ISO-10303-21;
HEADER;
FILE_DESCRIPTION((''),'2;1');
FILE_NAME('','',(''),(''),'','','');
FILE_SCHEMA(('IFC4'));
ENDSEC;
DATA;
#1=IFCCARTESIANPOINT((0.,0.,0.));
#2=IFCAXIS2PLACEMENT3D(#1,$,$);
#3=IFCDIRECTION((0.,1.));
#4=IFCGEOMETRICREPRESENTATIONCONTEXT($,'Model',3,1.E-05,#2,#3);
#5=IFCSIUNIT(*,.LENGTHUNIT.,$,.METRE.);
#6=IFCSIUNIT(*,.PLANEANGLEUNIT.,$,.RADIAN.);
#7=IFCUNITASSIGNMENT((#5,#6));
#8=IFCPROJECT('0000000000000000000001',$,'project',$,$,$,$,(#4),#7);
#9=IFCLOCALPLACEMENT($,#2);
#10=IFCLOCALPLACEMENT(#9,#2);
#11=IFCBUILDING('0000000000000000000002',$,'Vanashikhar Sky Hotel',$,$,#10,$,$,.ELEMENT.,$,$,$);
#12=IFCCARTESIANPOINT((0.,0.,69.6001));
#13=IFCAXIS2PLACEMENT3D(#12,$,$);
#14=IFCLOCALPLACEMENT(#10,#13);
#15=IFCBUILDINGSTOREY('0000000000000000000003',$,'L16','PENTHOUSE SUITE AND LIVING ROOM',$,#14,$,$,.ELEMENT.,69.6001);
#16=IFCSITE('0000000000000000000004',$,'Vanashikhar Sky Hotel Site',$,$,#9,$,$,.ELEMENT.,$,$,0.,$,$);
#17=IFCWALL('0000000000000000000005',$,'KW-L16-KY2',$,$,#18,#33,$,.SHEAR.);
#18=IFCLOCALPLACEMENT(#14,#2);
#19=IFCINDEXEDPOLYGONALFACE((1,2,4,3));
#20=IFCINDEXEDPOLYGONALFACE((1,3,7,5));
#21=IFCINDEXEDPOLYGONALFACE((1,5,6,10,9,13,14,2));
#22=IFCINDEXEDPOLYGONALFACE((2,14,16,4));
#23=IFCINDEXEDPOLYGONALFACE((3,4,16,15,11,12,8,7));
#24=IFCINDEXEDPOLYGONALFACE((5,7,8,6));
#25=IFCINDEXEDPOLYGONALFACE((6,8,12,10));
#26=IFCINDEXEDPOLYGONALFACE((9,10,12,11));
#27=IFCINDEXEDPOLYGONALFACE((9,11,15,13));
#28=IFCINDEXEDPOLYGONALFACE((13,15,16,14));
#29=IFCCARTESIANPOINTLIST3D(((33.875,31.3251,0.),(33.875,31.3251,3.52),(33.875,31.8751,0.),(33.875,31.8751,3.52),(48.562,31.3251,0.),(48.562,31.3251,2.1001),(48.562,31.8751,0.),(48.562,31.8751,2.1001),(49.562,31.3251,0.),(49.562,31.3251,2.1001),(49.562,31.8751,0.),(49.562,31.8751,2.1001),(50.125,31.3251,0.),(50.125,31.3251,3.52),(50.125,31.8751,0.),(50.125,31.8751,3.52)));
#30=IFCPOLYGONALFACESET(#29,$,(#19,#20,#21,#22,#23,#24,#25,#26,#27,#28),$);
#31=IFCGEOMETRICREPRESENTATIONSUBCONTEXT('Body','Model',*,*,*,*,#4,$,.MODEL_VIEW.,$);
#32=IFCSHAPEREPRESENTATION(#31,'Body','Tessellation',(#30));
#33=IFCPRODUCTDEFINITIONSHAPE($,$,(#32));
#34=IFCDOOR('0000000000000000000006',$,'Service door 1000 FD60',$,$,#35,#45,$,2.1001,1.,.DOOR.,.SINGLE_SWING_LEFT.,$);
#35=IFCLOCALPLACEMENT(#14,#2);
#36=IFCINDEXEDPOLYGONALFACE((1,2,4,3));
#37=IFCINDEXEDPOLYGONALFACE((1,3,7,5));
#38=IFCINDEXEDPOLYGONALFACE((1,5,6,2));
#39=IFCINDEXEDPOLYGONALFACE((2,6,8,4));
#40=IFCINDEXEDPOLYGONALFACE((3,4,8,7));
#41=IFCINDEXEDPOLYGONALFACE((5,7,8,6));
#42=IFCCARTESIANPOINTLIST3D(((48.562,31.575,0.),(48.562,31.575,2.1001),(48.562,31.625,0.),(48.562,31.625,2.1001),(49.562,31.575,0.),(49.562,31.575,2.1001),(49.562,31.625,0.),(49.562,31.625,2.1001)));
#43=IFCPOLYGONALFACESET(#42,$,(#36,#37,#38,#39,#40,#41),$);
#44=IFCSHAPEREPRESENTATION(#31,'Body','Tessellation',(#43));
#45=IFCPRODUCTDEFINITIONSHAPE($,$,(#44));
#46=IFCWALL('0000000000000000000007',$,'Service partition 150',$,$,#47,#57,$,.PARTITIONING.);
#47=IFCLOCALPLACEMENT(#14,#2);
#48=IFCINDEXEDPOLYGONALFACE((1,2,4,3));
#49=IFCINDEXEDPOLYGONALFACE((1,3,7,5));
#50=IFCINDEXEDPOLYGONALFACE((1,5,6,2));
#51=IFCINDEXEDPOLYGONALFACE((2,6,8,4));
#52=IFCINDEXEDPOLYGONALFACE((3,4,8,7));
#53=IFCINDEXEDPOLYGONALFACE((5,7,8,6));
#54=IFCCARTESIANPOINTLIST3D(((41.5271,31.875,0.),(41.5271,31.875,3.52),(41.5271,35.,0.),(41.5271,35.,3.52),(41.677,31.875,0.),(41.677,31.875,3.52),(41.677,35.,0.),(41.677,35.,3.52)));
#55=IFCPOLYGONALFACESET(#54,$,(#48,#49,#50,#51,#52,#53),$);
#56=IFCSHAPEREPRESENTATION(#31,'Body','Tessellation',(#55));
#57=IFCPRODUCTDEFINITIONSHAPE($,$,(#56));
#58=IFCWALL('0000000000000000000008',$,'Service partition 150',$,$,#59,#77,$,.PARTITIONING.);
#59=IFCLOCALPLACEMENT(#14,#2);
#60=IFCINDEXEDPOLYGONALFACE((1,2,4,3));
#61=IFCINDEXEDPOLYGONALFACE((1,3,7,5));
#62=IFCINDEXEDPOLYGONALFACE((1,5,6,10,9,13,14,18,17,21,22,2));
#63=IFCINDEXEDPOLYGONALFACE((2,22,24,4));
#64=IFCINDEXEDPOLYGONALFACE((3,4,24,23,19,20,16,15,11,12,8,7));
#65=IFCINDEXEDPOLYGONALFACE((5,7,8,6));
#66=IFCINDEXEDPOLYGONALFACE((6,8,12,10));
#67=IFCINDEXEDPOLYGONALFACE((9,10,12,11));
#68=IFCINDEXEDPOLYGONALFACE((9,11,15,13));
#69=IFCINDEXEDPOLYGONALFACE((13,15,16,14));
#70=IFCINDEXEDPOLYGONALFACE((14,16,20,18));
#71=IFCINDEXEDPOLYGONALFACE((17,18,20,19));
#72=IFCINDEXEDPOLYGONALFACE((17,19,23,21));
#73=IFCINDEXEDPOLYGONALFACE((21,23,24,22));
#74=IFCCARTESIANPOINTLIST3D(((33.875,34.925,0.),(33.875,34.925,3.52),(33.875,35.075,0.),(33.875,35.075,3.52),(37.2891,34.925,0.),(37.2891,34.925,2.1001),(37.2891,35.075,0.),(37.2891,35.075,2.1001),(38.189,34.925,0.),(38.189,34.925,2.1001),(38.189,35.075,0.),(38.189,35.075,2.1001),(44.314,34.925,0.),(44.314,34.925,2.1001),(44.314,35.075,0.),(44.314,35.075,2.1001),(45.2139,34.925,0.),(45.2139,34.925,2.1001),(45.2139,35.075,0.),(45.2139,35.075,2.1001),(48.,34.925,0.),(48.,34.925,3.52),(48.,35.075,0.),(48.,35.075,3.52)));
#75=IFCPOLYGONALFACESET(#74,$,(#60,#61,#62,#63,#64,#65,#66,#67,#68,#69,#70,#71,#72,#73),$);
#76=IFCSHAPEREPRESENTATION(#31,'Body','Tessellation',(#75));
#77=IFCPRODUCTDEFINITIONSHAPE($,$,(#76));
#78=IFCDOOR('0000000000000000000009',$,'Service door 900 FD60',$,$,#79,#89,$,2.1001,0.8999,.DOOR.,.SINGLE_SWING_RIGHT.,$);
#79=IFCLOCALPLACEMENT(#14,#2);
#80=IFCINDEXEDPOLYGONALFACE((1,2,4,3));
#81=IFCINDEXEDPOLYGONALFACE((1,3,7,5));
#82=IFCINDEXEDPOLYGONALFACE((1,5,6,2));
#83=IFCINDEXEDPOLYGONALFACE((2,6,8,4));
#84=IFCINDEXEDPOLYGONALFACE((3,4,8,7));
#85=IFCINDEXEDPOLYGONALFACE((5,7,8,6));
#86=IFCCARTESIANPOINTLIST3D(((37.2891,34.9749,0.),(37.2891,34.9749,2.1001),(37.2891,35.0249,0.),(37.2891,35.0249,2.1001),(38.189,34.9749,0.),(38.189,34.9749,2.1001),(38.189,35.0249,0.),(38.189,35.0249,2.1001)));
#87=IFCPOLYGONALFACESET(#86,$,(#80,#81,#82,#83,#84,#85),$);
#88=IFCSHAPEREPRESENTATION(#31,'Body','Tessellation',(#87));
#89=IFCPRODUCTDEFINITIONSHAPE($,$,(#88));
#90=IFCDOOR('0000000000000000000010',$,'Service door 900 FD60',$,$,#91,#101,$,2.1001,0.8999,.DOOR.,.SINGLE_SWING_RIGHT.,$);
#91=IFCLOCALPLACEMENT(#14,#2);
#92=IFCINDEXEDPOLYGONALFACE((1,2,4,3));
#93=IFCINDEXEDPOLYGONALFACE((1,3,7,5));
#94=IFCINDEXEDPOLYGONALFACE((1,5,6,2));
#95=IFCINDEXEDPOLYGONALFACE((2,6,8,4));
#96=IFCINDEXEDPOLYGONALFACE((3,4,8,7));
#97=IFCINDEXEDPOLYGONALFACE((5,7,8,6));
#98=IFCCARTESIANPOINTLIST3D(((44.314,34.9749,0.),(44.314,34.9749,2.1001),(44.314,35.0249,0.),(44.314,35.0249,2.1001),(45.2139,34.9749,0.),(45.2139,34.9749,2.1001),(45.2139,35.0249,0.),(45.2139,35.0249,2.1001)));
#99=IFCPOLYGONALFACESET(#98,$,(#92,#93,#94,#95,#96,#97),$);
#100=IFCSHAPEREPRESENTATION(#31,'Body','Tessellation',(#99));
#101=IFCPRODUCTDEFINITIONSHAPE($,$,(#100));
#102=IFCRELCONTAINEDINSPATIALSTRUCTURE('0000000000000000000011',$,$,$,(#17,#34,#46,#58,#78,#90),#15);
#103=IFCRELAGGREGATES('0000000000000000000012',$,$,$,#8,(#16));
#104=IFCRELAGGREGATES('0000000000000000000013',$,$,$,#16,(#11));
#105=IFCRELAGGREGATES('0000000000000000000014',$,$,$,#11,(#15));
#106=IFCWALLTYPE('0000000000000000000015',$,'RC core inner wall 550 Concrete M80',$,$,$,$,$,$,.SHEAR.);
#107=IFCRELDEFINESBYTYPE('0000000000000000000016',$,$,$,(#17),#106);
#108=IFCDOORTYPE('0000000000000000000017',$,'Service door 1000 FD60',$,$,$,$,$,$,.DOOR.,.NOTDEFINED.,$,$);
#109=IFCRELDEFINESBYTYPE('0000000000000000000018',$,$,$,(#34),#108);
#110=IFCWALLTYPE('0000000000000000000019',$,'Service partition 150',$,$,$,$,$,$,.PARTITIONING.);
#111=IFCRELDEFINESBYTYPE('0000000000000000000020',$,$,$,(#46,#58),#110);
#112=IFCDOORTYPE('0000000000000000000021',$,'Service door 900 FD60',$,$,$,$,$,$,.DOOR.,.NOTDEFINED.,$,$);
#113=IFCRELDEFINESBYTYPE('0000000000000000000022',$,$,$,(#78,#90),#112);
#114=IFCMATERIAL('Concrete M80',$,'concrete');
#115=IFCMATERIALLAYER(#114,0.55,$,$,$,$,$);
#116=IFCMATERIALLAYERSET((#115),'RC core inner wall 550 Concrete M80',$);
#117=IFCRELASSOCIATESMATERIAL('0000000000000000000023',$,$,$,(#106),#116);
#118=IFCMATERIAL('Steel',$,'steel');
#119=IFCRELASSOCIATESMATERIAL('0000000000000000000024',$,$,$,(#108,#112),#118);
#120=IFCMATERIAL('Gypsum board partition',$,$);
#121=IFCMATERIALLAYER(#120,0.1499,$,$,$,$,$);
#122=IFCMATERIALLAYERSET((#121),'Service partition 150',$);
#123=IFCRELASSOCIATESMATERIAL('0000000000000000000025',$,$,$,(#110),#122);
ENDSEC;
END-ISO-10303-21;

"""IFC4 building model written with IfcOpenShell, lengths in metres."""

from ifc_helpers import new_model, si_unit, direction, frame, frame_2d, origin, place, context, subcontext, project, spatial, rectangle, extrude, source, transform, mapped, material, layer, layer_set, type_object, element, fill, save


model = new_model("IFC4")

# Units and contexts
model_context = context("Model", 3, precision=1e-05, world=origin(), true_north=direction((0.0, 1.0)))
body_context = subcontext(model_context, "Body", "Model", "MODEL_VIEW")
ifc_project = project(units=[si_unit("LENGTHUNIT", "METRE"), si_unit("PLANEANGLEUNIT", "RADIAN")], contexts=[model_context])

# Site, building, storey
site_placement = place(None, origin())
site = spatial("IfcSite", under=ifc_project, at=site_placement, Name="Vanashikhar Sky Hotel Site", CompositionType="ELEMENT", RefElevation=0.0)
building_placement = place(site_placement, origin())
building = spatial("IfcBuilding", under=site, at=building_placement, Name="Vanashikhar Sky Hotel", CompositionType="ELEMENT")
storey_placement = place(building_placement, frame((0.0, 0.0, 69.6001)))
storey = spatial("IfcBuildingStorey", under=building, at=storey_placement, Name="L16", Description="PENTHOUSE SUITE AND LIVING ROOM", CompositionType="ELEMENT", Elevation=69.6001)

# Wall, opening, door
ifc_material_1 = material(Name="Concrete M80", Category="concrete")
ifc_layer_1 = layer(ifc_material_1, 0.55)
ifc_layer_set_1 = layer_set([ifc_layer_1], Name="RC core inner wall 550 Concrete M80")
wall_type_1 = type_object("IfcWallType", Name="RC core inner wall 550 Concrete M80", PredefinedType="SHEAR", material=ifc_layer_set_1)
shared_shape_1 = source(origin(), body_context, "Body", "SweptSolid", [
    extrude(rectangle(XDim=16.25, YDim=0.55, at=frame_2d((8.125, 0.0))), origin(), (0.0, 0.0, 1.0), 3.52),
])
wall_1_placement = place(storey_placement, frame((33.875, 31.6001, 0.0), z_axis=(0.0, 0.0, 1.0), x_axis=(1.0, 0.0, 0.0)))
wall_1 = element("IfcWall", 1, at=wall_1_placement, inside=storey, type_object=wall_type_1, Name="KW-L16-KY2", PredefinedType="SHEAR", context=body_context, shape_type="MappedRepresentation", body=[
    mapped(shared_shape_1, transform((0.0, 0.0, 0.0), scale=1.0)),
])
shared_shape_2 = source(origin(), body_context, "Body", "SweptSolid", [
    extrude(rectangle(XDim=1.0, YDim=2.1001, at=frame_2d((0.5, 1.05))), frame((0.0, 0.2852, 0.0), z_axis=(0.0, -1.0, 0.0), x_axis=(1.0, 0.0, 0.0)), (0.0, 0.0, 1.0), 0.5701),
])
opening_1_placement = place(wall_1_placement, frame((14.687, 0.0, 0.0)))
opening_1 = element("IfcOpeningElement", 2, at=opening_1_placement, cuts=wall_1, PredefinedType="OPENING", context=body_context, shape_type="MappedRepresentation", body=[
    mapped(shared_shape_2, transform((0.0, 0.0, 0.0), scale=1.0)),
])
ifc_material_2 = material(Name="Steel", Category="steel")
door_type_1 = type_object("IfcDoorType", Name="Service door 1000 FD60", OperationType="NOTDEFINED", PredefinedType="DOOR", material=ifc_material_2)
shared_shape_3 = source(origin(), body_context, "Body", "SweptSolid", [
    extrude(rectangle(XDim=1.0, YDim=2.1001, at=frame_2d((0.5, 1.05))), frame((0.0, 0.0249, 0.0), z_axis=(0.0, -1.0, 0.0), x_axis=(1.0, 0.0, 0.0)), (0.0, 0.0, 1.0), 0.05),
])
door_1_placement = place(opening_1_placement, origin())
door_1 = element("IfcDoor", 3, at=door_1_placement, inside=storey, type_object=door_type_1, Name="Service door 1000 FD60", OperationType="SINGLE_SWING_LEFT", OverallHeight=2.1001, OverallWidth=1.0, PredefinedType="DOOR", context=body_context, shape_type="MappedRepresentation", body=[
    mapped(shared_shape_3, transform((0.0, 0.0, 0.0), scale=1.0)),
])
fill(opening_1, door_1)

# Wall
ifc_material_3 = material(Name="Gypsum board partition")
ifc_layer_2 = layer(ifc_material_3, 0.1499)
ifc_layer_set_2 = layer_set([ifc_layer_2], Name="Service partition 150")
wall_type_2 = type_object("IfcWallType", Name="Service partition 150", PredefinedType="PARTITIONING", material=ifc_layer_set_2)
shared_shape_4 = source(origin(), body_context, "Body", "SweptSolid", [
    extrude(rectangle(XDim=3.125, YDim=0.1499, at=frame_2d((1.5625, 0.0))), origin(), (0.0, 0.0, 1.0), 3.52),
])
wall_2_placement = place(storey_placement, frame((41.6021, 31.875, 0.0), z_axis=(0.0, 0.0, 1.0), x_axis=(0.0, 1.0, 0.0)))
element("IfcWall", 4, at=wall_2_placement, inside=storey, type_object=wall_type_2, Name="Service partition 150", PredefinedType="PARTITIONING", context=body_context, shape_type="MappedRepresentation", body=[
    mapped(shared_shape_4, transform((0.0, 0.0, 0.0), scale=1.0)),
])

# Wall, openings, doors
shared_shape_5 = source(origin(), body_context, "Body", "SweptSolid", [
    extrude(rectangle(XDim=14.125, YDim=0.1499, at=frame_2d((7.0625, 0.0))), origin(), (0.0, 0.0, 1.0), 3.52),
])
wall_3_placement = place(storey_placement, frame((33.875, 35.0, 0.0), z_axis=(0.0, 0.0, 1.0), x_axis=(1.0, 0.0, 0.0)))
wall_3 = element("IfcWall", 5, at=wall_3_placement, inside=storey, type_object=wall_type_2, Name="Service partition 150", PredefinedType="PARTITIONING", context=body_context, shape_type="MappedRepresentation", body=[
    mapped(shared_shape_5, transform((0.0, 0.0, 0.0), scale=1.0)),
])
shared_shape_6 = source(origin(), body_context, "Body", "SweptSolid", [
    extrude(rectangle(XDim=0.8999, YDim=2.1001, at=frame_2d((0.45, 1.05))), frame((0.0, 0.085, 0.0), z_axis=(0.0, -1.0, 0.0), x_axis=(1.0, 0.0, 0.0)), (0.0, 0.0, 1.0), 0.1699),
])
opening_2_placement = place(wall_3_placement, frame((3.4141, 0.0, 0.0)))
opening_2 = element("IfcOpeningElement", 6, at=opening_2_placement, cuts=wall_3, PredefinedType="OPENING", context=body_context, shape_type="MappedRepresentation", body=[
    mapped(shared_shape_6, transform((0.0, 0.0, 0.0), scale=1.0)),
])
opening_3_placement = place(wall_3_placement, frame((10.439, 0.0, 0.0)))
opening_3 = element("IfcOpeningElement", 7, at=opening_3_placement, cuts=wall_3, PredefinedType="OPENING", context=body_context, shape_type="MappedRepresentation", body=[
    mapped(shared_shape_6, transform((0.0, 0.0, 0.0), scale=1.0)),
])
door_type_2 = type_object("IfcDoorType", Name="Service door 900 FD60", OperationType="NOTDEFINED", PredefinedType="DOOR", material=ifc_material_2)
shared_shape_7 = source(origin(), body_context, "Body", "SweptSolid", [
    extrude(rectangle(XDim=0.8999, YDim=2.1001, at=frame_2d((0.45, 1.05))), frame((0.0, 0.0249, 0.0), z_axis=(0.0, -1.0, 0.0), x_axis=(1.0, 0.0, 0.0)), (0.0, 0.0, 1.0), 0.05),
])
door_2_placement = place(opening_2_placement, origin())
door_2 = element("IfcDoor", 8, at=door_2_placement, inside=storey, type_object=door_type_2, Name="Service door 900 FD60", OperationType="SINGLE_SWING_RIGHT", OverallHeight=2.1001, OverallWidth=0.8999, PredefinedType="DOOR", context=body_context, shape_type="MappedRepresentation", body=[
    mapped(shared_shape_7, transform((0.0, 0.0, 0.0), scale=1.0)),
])
fill(opening_2, door_2)
door_3_placement = place(opening_3_placement, origin())
door_3 = element("IfcDoor", 9, at=door_3_placement, inside=storey, type_object=door_type_2, Name="Service door 900 FD60", OperationType="SINGLE_SWING_RIGHT", OverallHeight=2.1001, OverallWidth=0.8999, PredefinedType="DOOR", context=body_context, shape_type="MappedRepresentation", body=[
    mapped(shared_shape_7, transform((0.0, 0.0, 0.0), scale=1.0)),
])
fill(opening_3, door_3)

save(model, "model.ifc")
